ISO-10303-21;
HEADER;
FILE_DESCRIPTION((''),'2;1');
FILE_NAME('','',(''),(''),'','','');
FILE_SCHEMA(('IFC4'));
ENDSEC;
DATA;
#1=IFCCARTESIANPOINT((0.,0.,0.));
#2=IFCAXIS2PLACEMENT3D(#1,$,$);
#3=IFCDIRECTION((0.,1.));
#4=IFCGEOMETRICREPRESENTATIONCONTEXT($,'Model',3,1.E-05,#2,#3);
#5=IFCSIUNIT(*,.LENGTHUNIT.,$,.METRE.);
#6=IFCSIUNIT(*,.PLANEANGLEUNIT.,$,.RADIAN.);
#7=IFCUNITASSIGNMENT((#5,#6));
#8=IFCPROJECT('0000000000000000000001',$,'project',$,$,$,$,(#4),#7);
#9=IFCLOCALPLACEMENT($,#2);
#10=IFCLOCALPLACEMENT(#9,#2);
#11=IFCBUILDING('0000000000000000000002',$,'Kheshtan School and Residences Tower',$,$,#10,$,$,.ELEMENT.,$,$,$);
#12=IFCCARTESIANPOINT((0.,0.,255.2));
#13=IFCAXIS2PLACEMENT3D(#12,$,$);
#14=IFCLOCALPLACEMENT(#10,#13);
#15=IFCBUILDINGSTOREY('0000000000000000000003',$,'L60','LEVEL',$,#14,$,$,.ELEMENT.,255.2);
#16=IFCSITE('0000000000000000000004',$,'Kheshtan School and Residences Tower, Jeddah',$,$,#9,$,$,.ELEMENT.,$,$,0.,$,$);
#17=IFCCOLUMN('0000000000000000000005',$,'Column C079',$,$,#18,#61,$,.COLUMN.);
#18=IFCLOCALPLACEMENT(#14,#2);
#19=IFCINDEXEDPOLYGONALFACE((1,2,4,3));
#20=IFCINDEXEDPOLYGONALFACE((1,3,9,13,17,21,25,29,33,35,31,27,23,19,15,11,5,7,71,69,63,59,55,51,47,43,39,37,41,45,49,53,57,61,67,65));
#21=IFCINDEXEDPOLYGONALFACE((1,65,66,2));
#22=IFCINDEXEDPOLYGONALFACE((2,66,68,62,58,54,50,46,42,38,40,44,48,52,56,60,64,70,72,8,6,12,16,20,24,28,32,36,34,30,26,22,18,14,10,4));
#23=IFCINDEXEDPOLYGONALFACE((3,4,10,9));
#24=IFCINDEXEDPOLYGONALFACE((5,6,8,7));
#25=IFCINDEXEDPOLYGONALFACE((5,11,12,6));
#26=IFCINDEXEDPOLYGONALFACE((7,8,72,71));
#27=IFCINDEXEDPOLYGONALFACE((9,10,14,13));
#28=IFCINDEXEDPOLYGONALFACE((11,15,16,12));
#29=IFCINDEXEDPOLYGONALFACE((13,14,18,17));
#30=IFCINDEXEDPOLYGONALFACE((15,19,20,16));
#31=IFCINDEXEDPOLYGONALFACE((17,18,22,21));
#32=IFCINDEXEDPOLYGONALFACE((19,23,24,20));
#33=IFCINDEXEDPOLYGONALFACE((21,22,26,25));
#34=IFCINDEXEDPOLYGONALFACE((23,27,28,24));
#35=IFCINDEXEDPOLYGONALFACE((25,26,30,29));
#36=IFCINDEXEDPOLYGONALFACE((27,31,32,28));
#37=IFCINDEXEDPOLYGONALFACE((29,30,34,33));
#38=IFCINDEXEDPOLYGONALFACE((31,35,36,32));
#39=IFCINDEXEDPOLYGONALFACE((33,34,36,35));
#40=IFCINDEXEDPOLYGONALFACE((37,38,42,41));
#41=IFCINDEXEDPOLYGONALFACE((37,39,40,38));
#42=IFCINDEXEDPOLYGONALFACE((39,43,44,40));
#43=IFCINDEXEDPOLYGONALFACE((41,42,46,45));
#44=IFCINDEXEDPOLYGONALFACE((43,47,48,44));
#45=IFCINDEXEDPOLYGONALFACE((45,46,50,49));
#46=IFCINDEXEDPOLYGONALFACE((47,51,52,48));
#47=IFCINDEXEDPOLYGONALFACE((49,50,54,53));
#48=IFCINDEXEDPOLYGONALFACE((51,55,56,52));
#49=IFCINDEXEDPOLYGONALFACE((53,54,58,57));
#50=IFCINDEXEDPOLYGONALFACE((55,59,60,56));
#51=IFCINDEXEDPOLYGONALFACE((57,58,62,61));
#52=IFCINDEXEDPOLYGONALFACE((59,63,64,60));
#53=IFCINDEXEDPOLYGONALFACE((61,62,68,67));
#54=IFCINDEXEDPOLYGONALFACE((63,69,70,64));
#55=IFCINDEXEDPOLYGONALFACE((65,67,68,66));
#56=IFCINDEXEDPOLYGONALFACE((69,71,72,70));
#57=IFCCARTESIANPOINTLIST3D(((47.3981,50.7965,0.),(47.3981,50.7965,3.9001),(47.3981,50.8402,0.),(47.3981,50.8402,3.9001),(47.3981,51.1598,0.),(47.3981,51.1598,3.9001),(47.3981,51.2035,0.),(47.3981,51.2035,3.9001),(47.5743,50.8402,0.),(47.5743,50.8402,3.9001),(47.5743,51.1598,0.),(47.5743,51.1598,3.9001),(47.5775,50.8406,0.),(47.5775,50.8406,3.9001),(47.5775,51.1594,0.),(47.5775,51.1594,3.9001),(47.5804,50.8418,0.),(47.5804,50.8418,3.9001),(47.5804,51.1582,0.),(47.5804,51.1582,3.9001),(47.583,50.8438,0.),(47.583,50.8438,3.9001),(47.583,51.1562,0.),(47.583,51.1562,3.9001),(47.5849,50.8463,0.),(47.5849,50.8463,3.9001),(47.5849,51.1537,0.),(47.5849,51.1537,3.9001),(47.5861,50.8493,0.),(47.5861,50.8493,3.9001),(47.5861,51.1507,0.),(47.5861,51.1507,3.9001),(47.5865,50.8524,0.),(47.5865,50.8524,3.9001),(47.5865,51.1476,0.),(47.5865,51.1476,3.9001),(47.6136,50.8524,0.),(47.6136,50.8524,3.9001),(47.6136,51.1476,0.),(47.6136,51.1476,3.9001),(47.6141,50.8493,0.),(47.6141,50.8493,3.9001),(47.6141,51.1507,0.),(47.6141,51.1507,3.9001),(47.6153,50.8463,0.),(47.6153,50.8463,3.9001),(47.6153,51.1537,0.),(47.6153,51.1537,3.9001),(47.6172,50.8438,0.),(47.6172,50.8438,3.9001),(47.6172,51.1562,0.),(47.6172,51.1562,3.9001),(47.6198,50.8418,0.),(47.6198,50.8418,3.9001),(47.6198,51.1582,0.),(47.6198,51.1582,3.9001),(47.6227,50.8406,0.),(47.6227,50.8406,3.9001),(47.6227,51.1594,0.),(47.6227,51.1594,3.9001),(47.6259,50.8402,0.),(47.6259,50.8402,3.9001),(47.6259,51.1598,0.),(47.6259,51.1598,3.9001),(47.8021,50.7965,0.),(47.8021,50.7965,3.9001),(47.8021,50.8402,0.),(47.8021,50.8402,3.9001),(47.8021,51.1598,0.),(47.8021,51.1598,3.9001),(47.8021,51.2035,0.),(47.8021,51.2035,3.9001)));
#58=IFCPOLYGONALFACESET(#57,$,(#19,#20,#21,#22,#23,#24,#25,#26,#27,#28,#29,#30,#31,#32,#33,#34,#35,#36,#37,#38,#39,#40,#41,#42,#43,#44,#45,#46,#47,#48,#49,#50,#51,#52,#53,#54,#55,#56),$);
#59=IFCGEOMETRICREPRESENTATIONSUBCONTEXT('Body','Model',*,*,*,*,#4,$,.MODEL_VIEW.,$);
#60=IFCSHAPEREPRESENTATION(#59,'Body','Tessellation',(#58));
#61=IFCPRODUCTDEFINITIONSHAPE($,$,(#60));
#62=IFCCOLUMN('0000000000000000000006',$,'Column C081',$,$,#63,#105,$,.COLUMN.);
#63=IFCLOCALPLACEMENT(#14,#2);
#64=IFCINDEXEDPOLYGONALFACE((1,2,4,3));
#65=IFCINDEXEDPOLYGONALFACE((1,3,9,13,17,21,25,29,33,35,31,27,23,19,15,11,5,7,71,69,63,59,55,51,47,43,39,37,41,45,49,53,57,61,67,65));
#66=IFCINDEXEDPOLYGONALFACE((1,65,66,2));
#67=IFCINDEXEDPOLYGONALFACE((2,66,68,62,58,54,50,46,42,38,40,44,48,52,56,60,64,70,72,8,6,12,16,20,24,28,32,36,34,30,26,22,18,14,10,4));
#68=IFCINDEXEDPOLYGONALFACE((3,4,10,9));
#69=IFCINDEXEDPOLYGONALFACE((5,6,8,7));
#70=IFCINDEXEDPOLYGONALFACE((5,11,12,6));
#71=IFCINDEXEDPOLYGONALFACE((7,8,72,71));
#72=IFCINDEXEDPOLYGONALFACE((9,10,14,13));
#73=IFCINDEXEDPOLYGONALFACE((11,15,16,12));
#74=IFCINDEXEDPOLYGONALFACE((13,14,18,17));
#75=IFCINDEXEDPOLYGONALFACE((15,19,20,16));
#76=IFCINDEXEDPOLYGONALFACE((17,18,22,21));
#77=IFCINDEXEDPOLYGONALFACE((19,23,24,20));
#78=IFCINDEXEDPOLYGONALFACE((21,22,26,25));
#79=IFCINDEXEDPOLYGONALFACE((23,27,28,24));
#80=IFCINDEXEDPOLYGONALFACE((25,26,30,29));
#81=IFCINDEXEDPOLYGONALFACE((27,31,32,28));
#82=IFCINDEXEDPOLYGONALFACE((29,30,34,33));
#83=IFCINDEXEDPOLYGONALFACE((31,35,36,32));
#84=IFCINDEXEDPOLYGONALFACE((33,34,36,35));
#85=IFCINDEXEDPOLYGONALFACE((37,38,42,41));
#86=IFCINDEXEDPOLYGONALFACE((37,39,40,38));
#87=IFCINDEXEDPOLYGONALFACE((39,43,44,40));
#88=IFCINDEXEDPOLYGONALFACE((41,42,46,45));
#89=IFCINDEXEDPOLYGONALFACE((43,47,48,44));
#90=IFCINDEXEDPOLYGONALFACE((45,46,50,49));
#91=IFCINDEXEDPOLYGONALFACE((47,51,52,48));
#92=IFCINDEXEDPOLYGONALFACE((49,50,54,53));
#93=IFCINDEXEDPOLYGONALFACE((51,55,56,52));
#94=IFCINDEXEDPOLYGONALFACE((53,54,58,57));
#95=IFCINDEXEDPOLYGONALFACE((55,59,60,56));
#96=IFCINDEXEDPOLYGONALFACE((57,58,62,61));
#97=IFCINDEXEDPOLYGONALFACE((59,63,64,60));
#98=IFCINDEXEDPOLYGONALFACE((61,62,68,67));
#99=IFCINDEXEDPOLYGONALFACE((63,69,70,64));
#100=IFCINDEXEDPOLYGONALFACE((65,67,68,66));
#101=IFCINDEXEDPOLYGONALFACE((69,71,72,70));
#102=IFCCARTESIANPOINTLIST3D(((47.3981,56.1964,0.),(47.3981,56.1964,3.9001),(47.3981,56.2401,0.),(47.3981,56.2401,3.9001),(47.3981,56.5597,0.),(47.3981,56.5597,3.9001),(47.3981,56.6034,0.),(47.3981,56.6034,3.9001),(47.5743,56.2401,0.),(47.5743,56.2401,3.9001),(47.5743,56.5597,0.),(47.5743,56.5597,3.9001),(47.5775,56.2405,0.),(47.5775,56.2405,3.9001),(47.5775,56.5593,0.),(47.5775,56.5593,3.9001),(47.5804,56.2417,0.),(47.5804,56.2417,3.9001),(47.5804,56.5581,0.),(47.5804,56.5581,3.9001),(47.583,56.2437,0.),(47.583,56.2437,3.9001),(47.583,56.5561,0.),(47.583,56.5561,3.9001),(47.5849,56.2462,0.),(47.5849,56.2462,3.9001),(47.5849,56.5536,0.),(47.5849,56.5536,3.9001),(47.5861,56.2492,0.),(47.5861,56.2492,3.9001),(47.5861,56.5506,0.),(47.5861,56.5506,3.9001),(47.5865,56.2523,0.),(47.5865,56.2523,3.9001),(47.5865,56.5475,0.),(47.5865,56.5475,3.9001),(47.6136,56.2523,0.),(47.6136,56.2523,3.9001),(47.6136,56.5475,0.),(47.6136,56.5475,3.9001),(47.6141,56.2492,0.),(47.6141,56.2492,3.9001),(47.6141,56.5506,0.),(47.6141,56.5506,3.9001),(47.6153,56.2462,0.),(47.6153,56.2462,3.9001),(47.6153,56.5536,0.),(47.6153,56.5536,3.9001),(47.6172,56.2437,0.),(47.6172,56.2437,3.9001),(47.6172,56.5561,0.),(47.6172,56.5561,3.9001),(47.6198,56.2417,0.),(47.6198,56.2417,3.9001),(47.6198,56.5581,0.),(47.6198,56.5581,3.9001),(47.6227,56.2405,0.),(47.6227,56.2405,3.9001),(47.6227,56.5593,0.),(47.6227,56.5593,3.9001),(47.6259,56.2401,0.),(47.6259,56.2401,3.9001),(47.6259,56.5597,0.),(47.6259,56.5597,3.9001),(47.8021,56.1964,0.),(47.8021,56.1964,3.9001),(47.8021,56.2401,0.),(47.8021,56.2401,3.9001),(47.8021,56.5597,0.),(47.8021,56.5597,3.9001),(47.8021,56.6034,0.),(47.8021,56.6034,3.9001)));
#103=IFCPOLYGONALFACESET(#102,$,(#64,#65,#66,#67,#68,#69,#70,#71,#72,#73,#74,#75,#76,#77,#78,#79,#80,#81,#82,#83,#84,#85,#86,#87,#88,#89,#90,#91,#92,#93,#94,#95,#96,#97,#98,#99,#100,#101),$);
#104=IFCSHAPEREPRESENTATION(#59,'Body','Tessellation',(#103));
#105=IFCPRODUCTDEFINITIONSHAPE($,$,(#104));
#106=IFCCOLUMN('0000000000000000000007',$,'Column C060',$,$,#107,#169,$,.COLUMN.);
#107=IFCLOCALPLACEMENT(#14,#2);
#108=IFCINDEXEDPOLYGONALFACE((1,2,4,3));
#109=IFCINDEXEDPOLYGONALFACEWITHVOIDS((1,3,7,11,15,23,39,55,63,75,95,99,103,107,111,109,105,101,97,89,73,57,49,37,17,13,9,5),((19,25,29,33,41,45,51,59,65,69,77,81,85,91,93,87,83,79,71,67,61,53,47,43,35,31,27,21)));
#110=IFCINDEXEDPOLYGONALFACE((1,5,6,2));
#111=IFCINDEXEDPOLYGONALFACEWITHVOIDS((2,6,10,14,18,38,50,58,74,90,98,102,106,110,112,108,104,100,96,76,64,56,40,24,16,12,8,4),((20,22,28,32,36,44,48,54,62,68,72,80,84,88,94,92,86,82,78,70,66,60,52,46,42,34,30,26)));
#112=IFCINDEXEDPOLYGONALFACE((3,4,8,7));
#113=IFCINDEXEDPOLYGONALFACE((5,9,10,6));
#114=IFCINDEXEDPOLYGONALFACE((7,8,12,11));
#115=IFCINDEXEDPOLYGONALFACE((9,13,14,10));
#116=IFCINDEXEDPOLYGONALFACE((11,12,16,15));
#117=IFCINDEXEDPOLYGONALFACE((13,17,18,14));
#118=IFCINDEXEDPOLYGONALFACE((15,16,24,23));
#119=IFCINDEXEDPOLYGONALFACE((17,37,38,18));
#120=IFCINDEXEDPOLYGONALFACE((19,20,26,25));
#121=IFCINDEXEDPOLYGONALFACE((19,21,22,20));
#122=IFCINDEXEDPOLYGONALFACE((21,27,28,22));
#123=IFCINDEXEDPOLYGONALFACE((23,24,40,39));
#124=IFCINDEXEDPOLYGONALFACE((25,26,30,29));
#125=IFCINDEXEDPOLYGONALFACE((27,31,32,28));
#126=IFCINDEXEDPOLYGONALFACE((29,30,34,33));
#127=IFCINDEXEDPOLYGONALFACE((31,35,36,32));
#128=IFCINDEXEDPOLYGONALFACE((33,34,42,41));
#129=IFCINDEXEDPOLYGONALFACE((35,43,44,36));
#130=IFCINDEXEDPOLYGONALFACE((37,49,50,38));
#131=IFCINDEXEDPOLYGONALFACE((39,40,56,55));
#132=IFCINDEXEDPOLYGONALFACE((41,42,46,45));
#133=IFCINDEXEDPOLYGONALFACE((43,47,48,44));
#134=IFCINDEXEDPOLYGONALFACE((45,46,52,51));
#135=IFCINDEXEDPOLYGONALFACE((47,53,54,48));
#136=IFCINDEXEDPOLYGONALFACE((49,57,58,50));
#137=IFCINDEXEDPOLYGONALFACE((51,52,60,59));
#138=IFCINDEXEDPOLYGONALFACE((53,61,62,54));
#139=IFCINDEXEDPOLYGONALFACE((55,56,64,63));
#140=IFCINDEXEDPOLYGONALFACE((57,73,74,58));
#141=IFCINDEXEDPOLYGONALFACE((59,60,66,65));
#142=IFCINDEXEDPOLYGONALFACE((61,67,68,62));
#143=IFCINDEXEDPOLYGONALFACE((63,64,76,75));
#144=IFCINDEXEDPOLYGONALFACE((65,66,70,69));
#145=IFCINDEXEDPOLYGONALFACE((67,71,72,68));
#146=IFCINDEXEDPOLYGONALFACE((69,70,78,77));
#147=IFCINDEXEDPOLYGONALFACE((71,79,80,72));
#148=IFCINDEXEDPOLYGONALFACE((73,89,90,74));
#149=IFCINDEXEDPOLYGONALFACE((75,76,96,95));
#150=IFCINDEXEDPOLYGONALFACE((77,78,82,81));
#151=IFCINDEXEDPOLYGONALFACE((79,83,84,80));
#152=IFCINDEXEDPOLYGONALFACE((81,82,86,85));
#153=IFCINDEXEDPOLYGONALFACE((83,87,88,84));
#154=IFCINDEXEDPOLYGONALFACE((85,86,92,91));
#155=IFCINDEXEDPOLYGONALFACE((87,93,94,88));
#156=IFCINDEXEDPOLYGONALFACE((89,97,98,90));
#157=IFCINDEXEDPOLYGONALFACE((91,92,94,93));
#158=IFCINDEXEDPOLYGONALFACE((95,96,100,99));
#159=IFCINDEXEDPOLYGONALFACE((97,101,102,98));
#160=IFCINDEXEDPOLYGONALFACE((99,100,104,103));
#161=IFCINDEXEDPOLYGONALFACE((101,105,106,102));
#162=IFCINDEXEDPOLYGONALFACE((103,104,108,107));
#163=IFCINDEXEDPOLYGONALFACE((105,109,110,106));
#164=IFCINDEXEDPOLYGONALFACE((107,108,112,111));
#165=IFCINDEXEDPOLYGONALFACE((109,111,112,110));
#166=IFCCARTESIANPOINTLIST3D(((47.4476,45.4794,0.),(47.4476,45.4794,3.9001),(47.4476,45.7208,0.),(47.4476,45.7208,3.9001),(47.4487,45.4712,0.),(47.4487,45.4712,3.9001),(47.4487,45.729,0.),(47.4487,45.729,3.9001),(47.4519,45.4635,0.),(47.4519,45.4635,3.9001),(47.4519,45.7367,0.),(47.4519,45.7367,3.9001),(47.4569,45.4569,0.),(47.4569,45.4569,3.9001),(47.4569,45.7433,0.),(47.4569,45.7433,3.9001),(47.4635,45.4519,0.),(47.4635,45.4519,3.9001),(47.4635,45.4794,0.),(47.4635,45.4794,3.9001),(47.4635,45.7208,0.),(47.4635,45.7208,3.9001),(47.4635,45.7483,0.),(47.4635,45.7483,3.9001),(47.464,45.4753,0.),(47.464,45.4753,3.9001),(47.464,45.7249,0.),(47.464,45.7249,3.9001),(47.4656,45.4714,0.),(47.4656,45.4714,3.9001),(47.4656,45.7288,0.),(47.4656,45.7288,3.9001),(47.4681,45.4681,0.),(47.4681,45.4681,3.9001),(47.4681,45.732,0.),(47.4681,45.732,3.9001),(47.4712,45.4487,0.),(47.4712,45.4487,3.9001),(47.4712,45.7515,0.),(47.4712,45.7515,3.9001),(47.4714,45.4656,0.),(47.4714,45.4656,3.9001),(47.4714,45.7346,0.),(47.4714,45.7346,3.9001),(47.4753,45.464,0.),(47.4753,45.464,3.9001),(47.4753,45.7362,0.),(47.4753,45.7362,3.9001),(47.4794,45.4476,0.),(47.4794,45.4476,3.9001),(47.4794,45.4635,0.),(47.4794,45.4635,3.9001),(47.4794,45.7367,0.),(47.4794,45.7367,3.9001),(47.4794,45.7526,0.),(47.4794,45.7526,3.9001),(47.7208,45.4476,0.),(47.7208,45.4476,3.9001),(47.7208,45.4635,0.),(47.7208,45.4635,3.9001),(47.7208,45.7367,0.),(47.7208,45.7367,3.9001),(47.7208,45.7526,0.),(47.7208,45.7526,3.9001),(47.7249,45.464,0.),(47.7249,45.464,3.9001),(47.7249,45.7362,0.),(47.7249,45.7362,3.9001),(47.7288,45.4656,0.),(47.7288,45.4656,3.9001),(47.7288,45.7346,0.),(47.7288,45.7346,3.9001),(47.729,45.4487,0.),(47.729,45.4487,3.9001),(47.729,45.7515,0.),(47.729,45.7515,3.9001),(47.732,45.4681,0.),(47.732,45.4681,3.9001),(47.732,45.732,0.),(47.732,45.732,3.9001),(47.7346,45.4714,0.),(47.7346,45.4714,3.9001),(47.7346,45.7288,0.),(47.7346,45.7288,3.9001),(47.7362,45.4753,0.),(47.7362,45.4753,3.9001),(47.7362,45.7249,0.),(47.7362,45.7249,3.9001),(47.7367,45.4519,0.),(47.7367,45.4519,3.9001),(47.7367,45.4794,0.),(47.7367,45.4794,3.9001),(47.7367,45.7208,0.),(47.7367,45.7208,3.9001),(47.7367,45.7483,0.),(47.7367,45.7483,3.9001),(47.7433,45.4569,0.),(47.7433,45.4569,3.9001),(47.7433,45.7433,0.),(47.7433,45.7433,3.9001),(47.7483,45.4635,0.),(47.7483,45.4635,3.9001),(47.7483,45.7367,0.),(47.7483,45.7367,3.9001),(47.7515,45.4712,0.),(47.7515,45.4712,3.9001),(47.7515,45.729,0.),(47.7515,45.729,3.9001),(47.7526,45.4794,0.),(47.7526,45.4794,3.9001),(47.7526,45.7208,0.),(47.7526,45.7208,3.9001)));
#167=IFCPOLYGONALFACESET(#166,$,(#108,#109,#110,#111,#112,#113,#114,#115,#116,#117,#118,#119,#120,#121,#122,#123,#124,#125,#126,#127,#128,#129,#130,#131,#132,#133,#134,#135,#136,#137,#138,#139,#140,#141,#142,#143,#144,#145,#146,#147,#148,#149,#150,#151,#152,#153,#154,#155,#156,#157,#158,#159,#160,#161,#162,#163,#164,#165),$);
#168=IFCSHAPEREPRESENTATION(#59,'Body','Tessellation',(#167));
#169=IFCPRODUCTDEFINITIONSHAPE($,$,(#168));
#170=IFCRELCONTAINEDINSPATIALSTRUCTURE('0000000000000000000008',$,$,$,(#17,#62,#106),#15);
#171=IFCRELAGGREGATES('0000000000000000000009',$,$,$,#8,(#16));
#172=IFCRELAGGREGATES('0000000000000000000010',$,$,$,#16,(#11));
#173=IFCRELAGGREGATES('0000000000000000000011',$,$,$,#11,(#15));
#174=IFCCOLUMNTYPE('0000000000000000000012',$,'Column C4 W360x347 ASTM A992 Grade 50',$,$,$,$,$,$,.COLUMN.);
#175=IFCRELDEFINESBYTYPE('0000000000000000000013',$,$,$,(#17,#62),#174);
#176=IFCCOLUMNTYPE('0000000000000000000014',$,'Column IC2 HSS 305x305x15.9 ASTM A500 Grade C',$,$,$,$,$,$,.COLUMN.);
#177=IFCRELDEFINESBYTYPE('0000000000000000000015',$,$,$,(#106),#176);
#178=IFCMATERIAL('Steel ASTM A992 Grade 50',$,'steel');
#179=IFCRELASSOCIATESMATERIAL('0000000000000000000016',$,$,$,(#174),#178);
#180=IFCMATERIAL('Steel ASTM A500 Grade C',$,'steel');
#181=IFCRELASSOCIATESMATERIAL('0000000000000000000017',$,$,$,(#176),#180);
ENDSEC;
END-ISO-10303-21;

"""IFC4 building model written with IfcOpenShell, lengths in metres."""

from ifc_helpers import new_model, si_unit, direction, frame, origin, origin_2d, place, context, subcontext, project, spatial, hollow_rectangle, i_section, extrude, material, material_profile, profile_set, type_object, element, save


model = new_model("IFC4")

# Units and contexts
model_context = context("Model", 3, precision=1e-05, world=origin(), true_north=direction((0.0, 1.0)))
body_context = subcontext(model_context, "Body", "Model", "MODEL_VIEW")
ifc_project = project(units=[si_unit("LENGTHUNIT", "METRE"), si_unit("PLANEANGLEUNIT", "RADIAN")], contexts=[model_context])

# Site, building, storey
site_placement = place(None, origin())
site = spatial("IfcSite", under=ifc_project, at=site_placement, Name="Kheshtan School and Residences Tower, Jeddah", CompositionType="ELEMENT", RefElevation=0.0)
building_placement = place(site_placement, origin())
building = spatial("IfcBuilding", under=site, at=building_placement, Name="Kheshtan School and Residences Tower", CompositionType="ELEMENT")
storey_placement = place(building_placement, frame((0.0, 0.0, 255.2)))
storey = spatial("IfcBuildingStorey", under=building, at=storey_placement, Name="L60", Description="LEVEL", CompositionType="ELEMENT", Elevation=255.2)

# Columns
ifc_material_1 = material(Name="Steel ASTM A992 Grade 50", Category="steel")
ifc_material_profile_1 = material_profile(ifc_material_1, i_section(OverallWidth=0.4041, OverallDepth=0.407, WebThickness=0.0271, FlangeThickness=0.0437, FilletRadius=0.0122, at=origin_2d()), Name="W360x347")
ifc_profile_set_1 = profile_set([ifc_material_profile_1], Name="Steel ASTM A992 Grade 50")
column_type_1 = type_object("IfcColumnType", Name="Column C4 W360x347 ASTM A992 Grade 50", PredefinedType="COLUMN", material=ifc_profile_set_1)
for number, where, z_axis, x_axis, name in (
    (1, (47.6001, 51.0, 0.0), (0.0, 0.0, 1.0), (1.0, 0.0, 0.0), "Column C079"),
    (2, (47.6001, 56.3999, 0.0), (0.0, 0.0, 1.0), (1.0, 0.0, 0.0), "Column C081"),
):
    element("IfcColumn", number, at=place(storey_placement, frame(where, z_axis=z_axis, x_axis=x_axis)), inside=storey, type_object=column_type_1, Name=name, PredefinedType="COLUMN", context=body_context, shape_type="SweptSolid", body=[
        extrude(i_section(OverallWidth=0.4041, OverallDepth=0.407, WebThickness=0.0271, FlangeThickness=0.0437, FilletRadius=0.0122, at=origin_2d()), origin(), (0.0, 0.0, 1.0), 3.9001),
    ])
ifc_material_2 = material(Name="Steel ASTM A500 Grade C", Category="steel")
ifc_material_profile_2 = material_profile(ifc_material_2, hollow_rectangle(XDim=0.3049, YDim=0.3049, WallThickness=0.0159, InnerFilletRadius=0.0159, OuterFilletRadius=0.0317, at=origin_2d()), Name="HSS 305x305x15.9")
ifc_profile_set_2 = profile_set([ifc_material_profile_2], Name="Steel ASTM A500 Grade C")
column_type_2 = type_object("IfcColumnType", Name="Column IC2 HSS 305x305x15.9 ASTM A500 Grade C", PredefinedType="COLUMN", material=ifc_profile_set_2)
column_placement = place(storey_placement, frame((47.6001, 45.6001, 0.0), z_axis=(0.0, 0.0, 1.0), x_axis=(1.0, 0.0, 0.0)))
element("IfcColumn", 3, at=column_placement, inside=storey, type_object=column_type_2, Name="Column C060", PredefinedType="COLUMN", context=body_context, shape_type="SweptSolid", body=[
    extrude(hollow_rectangle(XDim=0.3049, YDim=0.3049, WallThickness=0.0159, InnerFilletRadius=0.0159, OuterFilletRadius=0.0317, at=origin_2d()), origin(), (0.0, 0.0, 1.0), 3.9001),
])

save(model, "model.ifc")
